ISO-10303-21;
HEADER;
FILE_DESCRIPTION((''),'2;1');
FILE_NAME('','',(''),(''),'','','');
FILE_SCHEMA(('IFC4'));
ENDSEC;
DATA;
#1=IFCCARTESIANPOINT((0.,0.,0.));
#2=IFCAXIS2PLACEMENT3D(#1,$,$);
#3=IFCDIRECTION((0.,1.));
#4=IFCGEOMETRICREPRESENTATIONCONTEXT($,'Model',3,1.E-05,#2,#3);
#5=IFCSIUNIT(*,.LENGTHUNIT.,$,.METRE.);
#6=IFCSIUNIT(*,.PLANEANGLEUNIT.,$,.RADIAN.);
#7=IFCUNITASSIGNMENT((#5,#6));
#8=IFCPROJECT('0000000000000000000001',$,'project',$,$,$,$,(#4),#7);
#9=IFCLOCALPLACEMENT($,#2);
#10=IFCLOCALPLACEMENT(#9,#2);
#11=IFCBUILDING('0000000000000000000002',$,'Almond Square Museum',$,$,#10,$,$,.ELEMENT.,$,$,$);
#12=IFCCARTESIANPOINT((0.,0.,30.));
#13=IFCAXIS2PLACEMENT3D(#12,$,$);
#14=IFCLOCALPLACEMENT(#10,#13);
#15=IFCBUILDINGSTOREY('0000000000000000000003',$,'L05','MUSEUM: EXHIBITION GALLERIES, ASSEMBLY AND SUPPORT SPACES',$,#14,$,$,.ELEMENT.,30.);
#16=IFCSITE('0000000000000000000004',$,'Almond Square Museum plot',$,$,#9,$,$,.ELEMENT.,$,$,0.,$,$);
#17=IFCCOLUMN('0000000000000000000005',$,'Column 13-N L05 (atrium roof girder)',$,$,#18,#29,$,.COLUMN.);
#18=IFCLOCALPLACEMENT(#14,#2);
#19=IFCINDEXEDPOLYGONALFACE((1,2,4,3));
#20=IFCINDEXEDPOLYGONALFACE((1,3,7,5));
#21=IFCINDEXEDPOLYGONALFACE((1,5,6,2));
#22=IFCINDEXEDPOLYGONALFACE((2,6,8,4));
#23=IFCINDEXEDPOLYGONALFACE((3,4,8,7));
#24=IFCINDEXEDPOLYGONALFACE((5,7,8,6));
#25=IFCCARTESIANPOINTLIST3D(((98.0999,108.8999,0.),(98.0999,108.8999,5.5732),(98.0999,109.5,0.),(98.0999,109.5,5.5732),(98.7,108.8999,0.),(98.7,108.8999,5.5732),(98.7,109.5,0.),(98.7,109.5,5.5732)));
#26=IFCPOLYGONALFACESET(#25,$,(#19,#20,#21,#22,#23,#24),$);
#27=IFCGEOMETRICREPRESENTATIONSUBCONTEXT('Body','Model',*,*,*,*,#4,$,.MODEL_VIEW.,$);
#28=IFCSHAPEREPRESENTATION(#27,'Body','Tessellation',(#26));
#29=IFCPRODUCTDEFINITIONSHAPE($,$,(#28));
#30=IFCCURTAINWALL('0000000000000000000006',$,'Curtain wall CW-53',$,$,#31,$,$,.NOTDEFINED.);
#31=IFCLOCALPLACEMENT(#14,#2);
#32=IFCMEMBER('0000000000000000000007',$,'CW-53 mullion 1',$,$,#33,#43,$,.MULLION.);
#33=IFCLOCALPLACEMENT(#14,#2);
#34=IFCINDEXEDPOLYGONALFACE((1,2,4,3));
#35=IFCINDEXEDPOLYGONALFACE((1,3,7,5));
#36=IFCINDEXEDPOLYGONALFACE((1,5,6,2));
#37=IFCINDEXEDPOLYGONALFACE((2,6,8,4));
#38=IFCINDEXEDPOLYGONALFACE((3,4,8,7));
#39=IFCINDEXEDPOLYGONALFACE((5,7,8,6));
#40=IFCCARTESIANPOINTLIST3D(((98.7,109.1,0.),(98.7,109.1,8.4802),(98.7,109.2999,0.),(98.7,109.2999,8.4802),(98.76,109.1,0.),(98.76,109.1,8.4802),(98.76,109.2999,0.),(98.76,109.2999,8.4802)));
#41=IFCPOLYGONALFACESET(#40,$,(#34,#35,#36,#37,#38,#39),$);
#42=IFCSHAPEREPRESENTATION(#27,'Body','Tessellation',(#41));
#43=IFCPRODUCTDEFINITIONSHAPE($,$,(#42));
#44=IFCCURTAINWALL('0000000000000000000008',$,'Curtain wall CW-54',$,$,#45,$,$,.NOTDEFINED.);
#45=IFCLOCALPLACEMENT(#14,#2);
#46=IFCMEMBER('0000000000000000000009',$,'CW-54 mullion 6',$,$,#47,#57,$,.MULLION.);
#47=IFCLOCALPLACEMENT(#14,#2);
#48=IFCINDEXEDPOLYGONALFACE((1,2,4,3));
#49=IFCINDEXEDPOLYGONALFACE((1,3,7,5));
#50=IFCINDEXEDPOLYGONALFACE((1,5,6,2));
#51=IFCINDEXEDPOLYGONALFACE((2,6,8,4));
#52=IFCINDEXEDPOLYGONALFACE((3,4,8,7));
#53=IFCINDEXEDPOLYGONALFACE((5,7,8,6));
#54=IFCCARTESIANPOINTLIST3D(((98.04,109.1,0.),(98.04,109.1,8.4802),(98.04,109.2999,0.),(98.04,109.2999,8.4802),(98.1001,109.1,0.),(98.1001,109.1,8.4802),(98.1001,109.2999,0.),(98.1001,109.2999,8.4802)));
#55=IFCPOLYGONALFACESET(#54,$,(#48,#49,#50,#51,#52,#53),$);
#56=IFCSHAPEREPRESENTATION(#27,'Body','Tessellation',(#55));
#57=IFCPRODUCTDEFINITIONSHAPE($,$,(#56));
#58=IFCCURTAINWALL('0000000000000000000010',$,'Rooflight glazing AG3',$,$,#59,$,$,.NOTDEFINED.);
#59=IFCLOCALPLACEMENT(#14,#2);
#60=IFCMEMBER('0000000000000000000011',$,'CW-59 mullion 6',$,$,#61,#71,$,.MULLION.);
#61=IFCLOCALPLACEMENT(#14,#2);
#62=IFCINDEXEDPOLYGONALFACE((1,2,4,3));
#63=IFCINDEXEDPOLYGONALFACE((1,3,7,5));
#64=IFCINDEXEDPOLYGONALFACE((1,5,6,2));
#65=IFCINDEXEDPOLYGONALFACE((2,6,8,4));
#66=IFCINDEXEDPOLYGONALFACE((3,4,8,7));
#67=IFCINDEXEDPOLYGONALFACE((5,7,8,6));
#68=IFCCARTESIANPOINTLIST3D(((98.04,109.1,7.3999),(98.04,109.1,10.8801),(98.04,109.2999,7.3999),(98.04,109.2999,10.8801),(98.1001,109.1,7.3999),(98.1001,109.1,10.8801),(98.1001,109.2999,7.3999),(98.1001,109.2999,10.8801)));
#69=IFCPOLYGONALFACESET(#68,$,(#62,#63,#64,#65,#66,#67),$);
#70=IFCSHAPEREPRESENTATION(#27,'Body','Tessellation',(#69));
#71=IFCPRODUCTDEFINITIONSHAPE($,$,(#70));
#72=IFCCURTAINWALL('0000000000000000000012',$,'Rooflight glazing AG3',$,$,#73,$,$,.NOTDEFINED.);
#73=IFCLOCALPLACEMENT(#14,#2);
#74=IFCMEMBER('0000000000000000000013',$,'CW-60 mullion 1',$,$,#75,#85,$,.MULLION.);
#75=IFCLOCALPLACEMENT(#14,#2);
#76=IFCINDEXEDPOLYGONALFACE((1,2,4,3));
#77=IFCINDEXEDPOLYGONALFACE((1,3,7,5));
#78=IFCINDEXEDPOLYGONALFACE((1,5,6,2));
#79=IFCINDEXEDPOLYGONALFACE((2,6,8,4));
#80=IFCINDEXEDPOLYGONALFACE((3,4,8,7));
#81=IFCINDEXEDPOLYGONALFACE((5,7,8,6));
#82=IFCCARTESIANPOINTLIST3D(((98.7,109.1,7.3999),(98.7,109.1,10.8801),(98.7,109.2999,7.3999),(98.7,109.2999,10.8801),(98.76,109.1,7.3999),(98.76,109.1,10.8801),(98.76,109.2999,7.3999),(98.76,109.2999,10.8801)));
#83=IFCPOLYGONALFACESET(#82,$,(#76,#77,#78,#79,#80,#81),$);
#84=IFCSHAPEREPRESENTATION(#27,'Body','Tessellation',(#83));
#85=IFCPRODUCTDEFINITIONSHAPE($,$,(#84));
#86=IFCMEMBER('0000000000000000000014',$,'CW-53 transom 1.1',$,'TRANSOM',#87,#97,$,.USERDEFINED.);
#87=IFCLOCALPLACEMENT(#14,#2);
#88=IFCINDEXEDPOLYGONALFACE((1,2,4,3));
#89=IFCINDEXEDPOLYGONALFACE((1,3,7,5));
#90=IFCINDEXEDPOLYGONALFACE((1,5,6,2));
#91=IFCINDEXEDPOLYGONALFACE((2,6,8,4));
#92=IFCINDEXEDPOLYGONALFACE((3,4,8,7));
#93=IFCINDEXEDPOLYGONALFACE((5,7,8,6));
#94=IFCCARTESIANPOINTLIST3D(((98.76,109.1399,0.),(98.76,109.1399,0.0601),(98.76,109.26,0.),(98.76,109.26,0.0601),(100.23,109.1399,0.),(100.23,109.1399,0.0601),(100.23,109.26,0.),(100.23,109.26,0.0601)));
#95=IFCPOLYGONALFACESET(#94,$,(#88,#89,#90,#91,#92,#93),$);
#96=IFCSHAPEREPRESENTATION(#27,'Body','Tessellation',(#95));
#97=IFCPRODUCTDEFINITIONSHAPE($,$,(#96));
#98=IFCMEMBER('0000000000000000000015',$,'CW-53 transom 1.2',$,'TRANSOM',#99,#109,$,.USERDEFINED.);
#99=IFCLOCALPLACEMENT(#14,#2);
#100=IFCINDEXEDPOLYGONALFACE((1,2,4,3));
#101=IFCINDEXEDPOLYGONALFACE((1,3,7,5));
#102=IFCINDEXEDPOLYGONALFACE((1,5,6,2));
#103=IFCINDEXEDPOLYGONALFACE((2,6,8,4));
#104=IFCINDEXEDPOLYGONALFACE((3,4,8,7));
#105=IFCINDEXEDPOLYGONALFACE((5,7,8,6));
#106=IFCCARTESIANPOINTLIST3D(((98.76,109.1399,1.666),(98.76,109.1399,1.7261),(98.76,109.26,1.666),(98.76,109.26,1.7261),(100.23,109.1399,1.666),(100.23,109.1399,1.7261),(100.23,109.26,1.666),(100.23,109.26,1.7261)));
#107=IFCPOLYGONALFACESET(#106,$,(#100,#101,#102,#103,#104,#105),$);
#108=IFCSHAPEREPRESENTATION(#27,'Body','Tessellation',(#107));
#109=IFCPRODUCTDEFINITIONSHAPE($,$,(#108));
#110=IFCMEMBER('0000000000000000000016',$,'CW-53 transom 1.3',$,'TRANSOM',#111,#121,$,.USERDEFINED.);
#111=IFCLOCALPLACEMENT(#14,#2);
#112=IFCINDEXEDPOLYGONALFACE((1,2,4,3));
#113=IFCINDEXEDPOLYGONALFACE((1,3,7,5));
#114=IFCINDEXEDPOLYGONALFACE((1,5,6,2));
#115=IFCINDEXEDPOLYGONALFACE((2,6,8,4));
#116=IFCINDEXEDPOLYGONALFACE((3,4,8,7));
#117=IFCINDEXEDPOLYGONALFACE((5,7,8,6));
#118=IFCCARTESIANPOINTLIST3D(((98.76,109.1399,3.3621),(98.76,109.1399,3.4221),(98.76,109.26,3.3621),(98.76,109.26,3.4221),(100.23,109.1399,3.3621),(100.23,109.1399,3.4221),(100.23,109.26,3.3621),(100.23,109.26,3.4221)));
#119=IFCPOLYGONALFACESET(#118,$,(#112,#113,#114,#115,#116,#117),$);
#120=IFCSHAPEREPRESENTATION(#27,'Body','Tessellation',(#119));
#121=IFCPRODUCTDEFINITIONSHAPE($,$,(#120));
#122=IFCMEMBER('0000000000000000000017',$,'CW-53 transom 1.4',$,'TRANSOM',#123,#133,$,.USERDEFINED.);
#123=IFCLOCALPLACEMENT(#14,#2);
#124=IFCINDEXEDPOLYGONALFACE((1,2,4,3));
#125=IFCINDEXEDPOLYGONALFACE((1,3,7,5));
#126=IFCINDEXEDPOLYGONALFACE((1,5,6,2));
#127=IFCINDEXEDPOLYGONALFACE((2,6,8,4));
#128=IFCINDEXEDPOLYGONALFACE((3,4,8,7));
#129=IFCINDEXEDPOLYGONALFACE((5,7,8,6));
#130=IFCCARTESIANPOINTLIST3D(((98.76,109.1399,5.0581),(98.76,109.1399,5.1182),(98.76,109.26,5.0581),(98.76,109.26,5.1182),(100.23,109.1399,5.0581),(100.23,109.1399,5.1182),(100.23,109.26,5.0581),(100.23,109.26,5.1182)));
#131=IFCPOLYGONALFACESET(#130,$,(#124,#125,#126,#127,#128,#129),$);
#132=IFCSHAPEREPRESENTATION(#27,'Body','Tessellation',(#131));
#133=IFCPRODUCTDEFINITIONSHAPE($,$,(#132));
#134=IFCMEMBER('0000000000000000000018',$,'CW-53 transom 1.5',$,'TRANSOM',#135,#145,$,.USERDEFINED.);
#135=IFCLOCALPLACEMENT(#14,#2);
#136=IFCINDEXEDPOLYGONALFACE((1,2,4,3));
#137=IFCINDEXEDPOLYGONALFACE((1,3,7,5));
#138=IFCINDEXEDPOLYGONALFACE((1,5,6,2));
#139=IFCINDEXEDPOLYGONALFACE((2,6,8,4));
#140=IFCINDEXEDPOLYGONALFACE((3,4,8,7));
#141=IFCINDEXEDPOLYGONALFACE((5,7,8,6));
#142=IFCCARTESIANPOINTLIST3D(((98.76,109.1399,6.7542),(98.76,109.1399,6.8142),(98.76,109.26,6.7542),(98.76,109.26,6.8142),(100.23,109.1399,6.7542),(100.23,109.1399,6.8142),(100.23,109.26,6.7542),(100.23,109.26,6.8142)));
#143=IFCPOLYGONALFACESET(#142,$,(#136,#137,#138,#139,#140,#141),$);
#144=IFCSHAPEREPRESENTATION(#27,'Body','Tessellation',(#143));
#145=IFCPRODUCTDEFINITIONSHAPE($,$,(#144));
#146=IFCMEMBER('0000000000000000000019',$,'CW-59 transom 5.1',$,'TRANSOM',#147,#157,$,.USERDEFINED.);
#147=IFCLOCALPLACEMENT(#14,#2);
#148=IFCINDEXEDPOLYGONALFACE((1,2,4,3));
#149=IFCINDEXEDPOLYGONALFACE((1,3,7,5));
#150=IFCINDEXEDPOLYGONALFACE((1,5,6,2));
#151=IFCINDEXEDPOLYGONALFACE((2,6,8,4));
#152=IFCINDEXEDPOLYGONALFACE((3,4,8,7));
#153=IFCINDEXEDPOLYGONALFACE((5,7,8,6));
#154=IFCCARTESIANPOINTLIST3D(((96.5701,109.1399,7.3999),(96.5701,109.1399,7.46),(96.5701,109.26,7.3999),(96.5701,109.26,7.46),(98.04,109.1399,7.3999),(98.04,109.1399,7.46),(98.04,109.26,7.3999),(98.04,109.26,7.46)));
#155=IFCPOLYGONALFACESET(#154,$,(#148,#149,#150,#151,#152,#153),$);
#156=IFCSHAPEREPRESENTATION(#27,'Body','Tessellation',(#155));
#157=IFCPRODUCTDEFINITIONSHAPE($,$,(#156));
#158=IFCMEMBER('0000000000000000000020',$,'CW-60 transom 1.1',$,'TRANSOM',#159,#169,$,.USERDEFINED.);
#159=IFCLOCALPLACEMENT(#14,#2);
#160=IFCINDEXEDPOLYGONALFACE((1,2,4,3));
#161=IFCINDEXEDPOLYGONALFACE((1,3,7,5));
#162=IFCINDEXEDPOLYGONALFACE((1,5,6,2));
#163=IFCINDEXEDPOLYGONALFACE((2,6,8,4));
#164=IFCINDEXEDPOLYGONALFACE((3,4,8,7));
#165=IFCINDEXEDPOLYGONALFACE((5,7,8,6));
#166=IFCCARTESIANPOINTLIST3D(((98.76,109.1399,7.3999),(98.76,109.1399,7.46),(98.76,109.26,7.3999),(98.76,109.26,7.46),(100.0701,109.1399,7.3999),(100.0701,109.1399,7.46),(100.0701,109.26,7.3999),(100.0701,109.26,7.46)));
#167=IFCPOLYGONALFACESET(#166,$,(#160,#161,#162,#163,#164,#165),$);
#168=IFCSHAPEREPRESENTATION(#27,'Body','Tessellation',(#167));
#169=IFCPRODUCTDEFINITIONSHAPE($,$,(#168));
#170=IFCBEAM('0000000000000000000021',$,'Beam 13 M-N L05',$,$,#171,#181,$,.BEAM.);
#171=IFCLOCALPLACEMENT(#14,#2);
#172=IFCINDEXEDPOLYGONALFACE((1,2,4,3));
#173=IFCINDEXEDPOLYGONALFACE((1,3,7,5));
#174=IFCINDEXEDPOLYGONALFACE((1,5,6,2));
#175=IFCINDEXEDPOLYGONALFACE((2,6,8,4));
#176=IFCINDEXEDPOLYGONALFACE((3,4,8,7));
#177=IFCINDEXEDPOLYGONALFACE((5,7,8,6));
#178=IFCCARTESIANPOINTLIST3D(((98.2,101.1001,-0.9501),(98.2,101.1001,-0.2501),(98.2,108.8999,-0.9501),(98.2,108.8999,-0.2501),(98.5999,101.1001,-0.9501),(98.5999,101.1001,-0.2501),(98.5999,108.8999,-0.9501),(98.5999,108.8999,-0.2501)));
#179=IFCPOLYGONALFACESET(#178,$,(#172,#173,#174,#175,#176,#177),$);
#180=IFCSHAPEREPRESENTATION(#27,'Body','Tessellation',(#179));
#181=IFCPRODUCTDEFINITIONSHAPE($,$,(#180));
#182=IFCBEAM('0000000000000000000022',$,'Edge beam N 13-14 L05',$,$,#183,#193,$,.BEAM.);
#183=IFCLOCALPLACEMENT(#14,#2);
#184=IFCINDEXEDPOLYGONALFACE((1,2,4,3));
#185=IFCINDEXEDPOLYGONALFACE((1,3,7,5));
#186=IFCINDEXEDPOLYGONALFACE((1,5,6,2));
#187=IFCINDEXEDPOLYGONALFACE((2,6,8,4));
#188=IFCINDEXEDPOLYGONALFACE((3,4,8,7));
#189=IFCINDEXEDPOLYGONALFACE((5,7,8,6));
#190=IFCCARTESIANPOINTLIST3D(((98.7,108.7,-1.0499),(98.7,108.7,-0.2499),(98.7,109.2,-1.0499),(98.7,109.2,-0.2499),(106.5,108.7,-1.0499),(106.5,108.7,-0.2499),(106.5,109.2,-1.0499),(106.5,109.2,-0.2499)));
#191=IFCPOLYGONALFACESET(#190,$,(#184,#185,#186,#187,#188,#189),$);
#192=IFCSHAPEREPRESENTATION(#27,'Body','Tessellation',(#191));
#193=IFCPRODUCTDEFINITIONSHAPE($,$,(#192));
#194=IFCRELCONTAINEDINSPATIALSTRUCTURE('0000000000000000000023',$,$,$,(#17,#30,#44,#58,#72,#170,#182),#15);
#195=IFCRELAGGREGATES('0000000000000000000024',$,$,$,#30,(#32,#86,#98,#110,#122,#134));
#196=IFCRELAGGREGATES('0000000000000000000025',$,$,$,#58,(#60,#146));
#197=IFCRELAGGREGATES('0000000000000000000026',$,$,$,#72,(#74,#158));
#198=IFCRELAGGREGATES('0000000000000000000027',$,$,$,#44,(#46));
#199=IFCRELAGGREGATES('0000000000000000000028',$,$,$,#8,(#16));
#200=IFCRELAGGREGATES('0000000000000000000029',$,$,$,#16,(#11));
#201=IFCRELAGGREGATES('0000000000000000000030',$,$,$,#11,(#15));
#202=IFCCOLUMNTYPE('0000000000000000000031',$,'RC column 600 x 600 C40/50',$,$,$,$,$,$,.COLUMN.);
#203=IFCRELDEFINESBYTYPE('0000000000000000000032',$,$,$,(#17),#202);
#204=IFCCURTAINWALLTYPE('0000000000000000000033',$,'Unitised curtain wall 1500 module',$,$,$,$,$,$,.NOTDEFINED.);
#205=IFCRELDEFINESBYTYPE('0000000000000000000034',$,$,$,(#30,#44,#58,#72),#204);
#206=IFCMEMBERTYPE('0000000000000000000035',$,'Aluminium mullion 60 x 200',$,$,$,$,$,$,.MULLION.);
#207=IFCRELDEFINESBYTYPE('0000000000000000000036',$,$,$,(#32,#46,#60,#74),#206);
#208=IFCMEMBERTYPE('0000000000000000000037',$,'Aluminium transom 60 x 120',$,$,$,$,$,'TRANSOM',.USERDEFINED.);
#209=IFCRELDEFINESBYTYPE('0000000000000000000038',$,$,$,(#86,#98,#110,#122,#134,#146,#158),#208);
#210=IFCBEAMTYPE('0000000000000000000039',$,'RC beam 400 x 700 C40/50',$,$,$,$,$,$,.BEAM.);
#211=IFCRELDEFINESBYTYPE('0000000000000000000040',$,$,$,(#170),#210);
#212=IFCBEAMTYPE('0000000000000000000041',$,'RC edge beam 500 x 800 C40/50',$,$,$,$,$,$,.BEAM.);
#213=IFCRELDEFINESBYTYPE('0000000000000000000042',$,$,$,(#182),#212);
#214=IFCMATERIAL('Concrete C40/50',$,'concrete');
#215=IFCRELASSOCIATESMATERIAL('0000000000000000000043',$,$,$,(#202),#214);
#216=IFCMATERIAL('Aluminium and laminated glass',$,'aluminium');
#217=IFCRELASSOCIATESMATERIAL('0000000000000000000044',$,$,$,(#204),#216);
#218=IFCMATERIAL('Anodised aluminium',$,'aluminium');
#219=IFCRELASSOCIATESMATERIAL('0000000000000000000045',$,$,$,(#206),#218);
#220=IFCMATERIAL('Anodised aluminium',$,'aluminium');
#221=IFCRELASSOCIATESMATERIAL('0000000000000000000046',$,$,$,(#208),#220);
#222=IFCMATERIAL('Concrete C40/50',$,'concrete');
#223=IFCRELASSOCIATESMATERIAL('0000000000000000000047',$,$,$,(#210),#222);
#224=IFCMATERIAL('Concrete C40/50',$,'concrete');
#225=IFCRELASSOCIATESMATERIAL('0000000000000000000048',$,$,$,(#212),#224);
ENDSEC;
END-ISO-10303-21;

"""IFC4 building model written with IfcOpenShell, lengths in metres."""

from ifc_helpers import new_model, si_unit, direction, frame, origin, origin_2d, place, context, subcontext, project, spatial, rectangle, extrude, material, material_profile, profile_set, type_object, element, aggregate, save


model = new_model("IFC4")

# Units and contexts
model_context = context("Model", 3, precision=1e-05, world=origin(), true_north=direction((0.0, 1.0)))
body_context = subcontext(model_context, "Body", "Model", "MODEL_VIEW")
ifc_project = project(units=[si_unit("LENGTHUNIT", "METRE"), si_unit("PLANEANGLEUNIT", "RADIAN")], contexts=[model_context])

# Site, building, storey
site_placement = place(None, origin())
site = spatial("IfcSite", under=ifc_project, at=site_placement, Name="Almond Square Museum plot", CompositionType="ELEMENT", RefElevation=0.0)
building_placement = place(site_placement, origin())
building = spatial("IfcBuilding", under=site, at=building_placement, Name="Almond Square Museum", CompositionType="ELEMENT")
storey_placement = place(building_placement, frame((0.0, 0.0, 30.0)))
storey = spatial("IfcBuildingStorey", under=building, at=storey_placement, Name="L05", Description="MUSEUM: EXHIBITION GALLERIES, ASSEMBLY AND SUPPORT SPACES", CompositionType="ELEMENT", Elevation=30.0)

# Column
ifc_material_1 = material(Name="Concrete C40/50", Category="concrete")
ifc_material_profile_1 = material_profile(ifc_material_1, rectangle(XDim=0.6001, YDim=0.6001, at=origin_2d()))
ifc_profile_set_1 = profile_set([ifc_material_profile_1], Name="Concrete C40/50")
column_type = type_object("IfcColumnType", Name="RC column 600 x 600 C40/50", PredefinedType="COLUMN", material=ifc_profile_set_1)
column_placement = place(storey_placement, frame((98.3999, 109.2, 0.0), z_axis=(0.0, 0.0, 1.0), x_axis=(1.0, 0.0, 0.0)))
element("IfcColumn", 1, at=column_placement, inside=storey, type_object=column_type, Name="Column 13-N L05 (atrium roof girder)", PredefinedType="COLUMN", context=body_context, shape_type="SweptSolid", body=[
    extrude(rectangle(XDim=0.6001, YDim=0.6001, at=origin_2d()), origin(), (0.0, 0.0, 1.0), 5.5732),
])

# Curtain walls, members
ifc_material_2 = material(Name="Aluminium and laminated glass", Category="aluminium")
curtain_wall_type = type_object("IfcCurtainWallType", Name="Unitised curtain wall 1500 module", PredefinedType="NOTDEFINED", material=ifc_material_2)
curtain_wall_1_placement = place(storey_placement, origin())
curtain_wall_1 = element("IfcCurtainWall", 2, at=curtain_wall_1_placement, inside=storey, type_object=curtain_wall_type, Name="Curtain wall CW-53", PredefinedType="NOTDEFINED")
ifc_material_3 = material(Name="Anodised aluminium", Category="aluminium")
ifc_material_profile_2 = material_profile(ifc_material_3, rectangle(XDim=0.2, YDim=0.0601, at=origin_2d()))
ifc_profile_set_2 = profile_set([ifc_material_profile_2], Name="Anodised aluminium")
member_type_1 = type_object("IfcMemberType", Name="Aluminium mullion 60 x 200", PredefinedType="MULLION", material=ifc_profile_set_2)
member_1_placement = place(storey_placement, frame((98.73, 109.2, 0.0), z_axis=(0.0, 0.0, 1.0), x_axis=(0.0, 1.0, 0.0)))
member_1 = element("IfcMember", 3, at=member_1_placement, type_object=member_type_1, Name="CW-53 mullion 1", PredefinedType="MULLION", context=body_context, shape_type="SweptSolid", body=[
    extrude(rectangle(XDim=0.2, YDim=0.0601, at=origin_2d()), origin(), (0.0, 0.0, 1.0), 8.4802),
])
curtain_wall_2_placement = place(storey_placement, origin())
curtain_wall_2 = element("IfcCurtainWall", 4, at=curtain_wall_2_placement, inside=storey, type_object=curtain_wall_type, Name="Curtain wall CW-54", PredefinedType="NOTDEFINED")
member_2_placement = place(storey_placement, frame((98.0701, 109.2, 0.0), z_axis=(0.0, 0.0, 1.0), x_axis=(0.0, 1.0, 0.0)))
member_2 = element("IfcMember", 5, at=member_2_placement, type_object=member_type_1, Name="CW-54 mullion 6", PredefinedType="MULLION", context=body_context, shape_type="SweptSolid", body=[
    extrude(rectangle(XDim=0.2, YDim=0.0601, at=origin_2d()), origin(), (0.0, 0.0, 1.0), 8.4802),
])
curtain_wall_3_placement = place(storey_placement, origin())
curtain_wall_3 = element("IfcCurtainWall", 6, at=curtain_wall_3_placement, inside=storey, type_object=curtain_wall_type, Name="Rooflight glazing AG3", PredefinedType="NOTDEFINED")
member_3_placement = place(storey_placement, frame((98.0701, 109.2, 7.3999), z_axis=(0.0, 0.0, 1.0), x_axis=(0.0, 1.0, 0.0)))
member_3 = element("IfcMember", 7, at=member_3_placement, type_object=member_type_1, Name="CW-59 mullion 6", PredefinedType="MULLION", context=body_context, shape_type="SweptSolid", body=[
    extrude(rectangle(XDim=0.2, YDim=0.0601, at=origin_2d()), origin(), (0.0, 0.0, 1.0), 3.4802),
])
curtain_wall_4_placement = place(storey_placement, origin())
curtain_wall_4 = element("IfcCurtainWall", 8, at=curtain_wall_4_placement, inside=storey, type_object=curtain_wall_type, Name="Rooflight glazing AG3", PredefinedType="NOTDEFINED")
member_4_placement = place(storey_placement, frame((98.73, 109.2, 7.3999), z_axis=(0.0, 0.0, 1.0), x_axis=(0.0, 1.0, 0.0)))
member_4 = element("IfcMember", 9, at=member_4_placement, type_object=member_type_1, Name="CW-60 mullion 1", PredefinedType="MULLION", context=body_context, shape_type="SweptSolid", body=[
    extrude(rectangle(XDim=0.2, YDim=0.0601, at=origin_2d()), origin(), (0.0, 0.0, 1.0), 3.4802),
])

# Members
ifc_material_4 = material(Name="Anodised aluminium", Category="aluminium")
ifc_material_profile_3 = material_profile(ifc_material_4, rectangle(XDim=0.1201, YDim=0.0601, at=origin_2d()))
ifc_profile_set_3 = profile_set([ifc_material_profile_3], Name="Anodised aluminium")
member_type_2 = type_object("IfcMemberType", Name="Aluminium transom 60 x 120", ElementType="TRANSOM", PredefinedType="USERDEFINED", material=ifc_profile_set_3)
member_5_placement = place(storey_placement, frame((98.76, 109.2, 0.03), z_axis=(1.0, 0.0, 0.0), x_axis=(0.0, 1.0, 0.0)))
member_5 = element("IfcMember", 10, at=member_5_placement, type_object=member_type_2, Name="CW-53 transom 1.1", ObjectType="TRANSOM", PredefinedType="USERDEFINED", context=body_context, shape_type="SweptSolid", body=[
    extrude(rectangle(XDim=0.1201, YDim=0.0601, at=origin_2d()), origin(), (0.0, 0.0, 1.0), 1.47),
])
member_6_placement = place(storey_placement, frame((98.76, 109.2, 1.696), z_axis=(1.0, 0.0, 0.0), x_axis=(0.0, 1.0, 0.0)))
member_6 = element("IfcMember", 11, at=member_6_placement, type_object=member_type_2, Name="CW-53 transom 1.2", ObjectType="TRANSOM", PredefinedType="USERDEFINED", context=body_context, shape_type="SweptSolid", body=[
    extrude(rectangle(XDim=0.1201, YDim=0.0601, at=origin_2d()), origin(), (0.0, 0.0, 1.0), 1.47),
])
member_7_placement = place(storey_placement, frame((98.76, 109.2, 3.3921), z_axis=(1.0, 0.0, 0.0), x_axis=(0.0, 1.0, 0.0)))
member_7 = element("IfcMember", 12, at=member_7_placement, type_object=member_type_2, Name="CW-53 transom 1.3", ObjectType="TRANSOM", PredefinedType="USERDEFINED", context=body_context, shape_type="SweptSolid", body=[
    extrude(rectangle(XDim=0.1201, YDim=0.0601, at=origin_2d()), origin(), (0.0, 0.0, 1.0), 1.47),
])
member_8_placement = place(storey_placement, frame((98.76, 109.2, 5.0881), z_axis=(1.0, 0.0, 0.0), x_axis=(0.0, 1.0, 0.0)))
member_8 = element("IfcMember", 13, at=member_8_placement, type_object=member_type_2, Name="CW-53 transom 1.4", ObjectType="TRANSOM", PredefinedType="USERDEFINED", context=body_context, shape_type="SweptSolid", body=[
    extrude(rectangle(XDim=0.1201, YDim=0.0601, at=origin_2d()), origin(), (0.0, 0.0, 1.0), 1.47),
])
member_9_placement = place(storey_placement, frame((98.76, 109.2, 6.7842), z_axis=(1.0, 0.0, 0.0), x_axis=(0.0, 1.0, 0.0)))
member_9 = element("IfcMember", 14, at=member_9_placement, type_object=member_type_2, Name="CW-53 transom 1.5", ObjectType="TRANSOM", PredefinedType="USERDEFINED", context=body_context, shape_type="SweptSolid", body=[
    extrude(rectangle(XDim=0.1201, YDim=0.0601, at=origin_2d()), origin(), (0.0, 0.0, 1.0), 1.47),
])
aggregate(curtain_wall_1, [member_1, member_5, member_6, member_7, member_8, member_9])
member_10_placement = place(storey_placement, frame((96.5701, 109.2, 7.4299), z_axis=(1.0, 0.0, 0.0), x_axis=(0.0, 1.0, 0.0)))
member_10 = element("IfcMember", 15, at=member_10_placement, type_object=member_type_2, Name="CW-59 transom 5.1", ObjectType="TRANSOM", PredefinedType="USERDEFINED", context=body_context, shape_type="SweptSolid", body=[
    extrude(rectangle(XDim=0.1201, YDim=0.0601, at=origin_2d()), origin(), (0.0, 0.0, 1.0), 1.47),
])
aggregate(curtain_wall_3, [member_3, member_10])
member_11_placement = place(storey_placement, frame((98.76, 109.2, 7.4299), z_axis=(1.0, 0.0, 0.0), x_axis=(0.0, 1.0, 0.0)))
member_11 = element("IfcMember", 16, at=member_11_placement, type_object=member_type_2, Name="CW-60 transom 1.1", ObjectType="TRANSOM", PredefinedType="USERDEFINED", context=body_context, shape_type="SweptSolid", body=[
    extrude(rectangle(XDim=0.1201, YDim=0.0601, at=origin_2d()), origin(), (0.0, 0.0, 1.0), 1.3101),
])
aggregate(curtain_wall_4, [member_4, member_11])

# Beams
ifc_material_5 = material(Name="Concrete C40/50", Category="concrete")
ifc_material_profile_4 = material_profile(ifc_material_5, rectangle(XDim=0.3999, YDim=0.7, at=origin_2d()))
ifc_profile_set_4 = profile_set([ifc_material_profile_4], Name="Concrete C40/50")
beam_type_1 = type_object("IfcBeamType", Name="RC beam 400 x 700 C40/50", PredefinedType="BEAM", material=ifc_profile_set_4)
beam_1_placement = place(storey_placement, frame((98.3999, 101.1001, -0.6001), z_axis=(0.0, 1.0, 0.0), x_axis=(-1.0, 0.0, 0.0)))
element("IfcBeam", 17, at=beam_1_placement, inside=storey, type_object=beam_type_1, Name="Beam 13 M-N L05", PredefinedType="BEAM", context=body_context, shape_type="SweptSolid", body=[
    extrude(rectangle(XDim=0.3999, YDim=0.7, at=origin_2d()), origin(), (0.0, 0.0, 1.0), 7.7998),
])
ifc_material_6 = material(Name="Concrete C40/50", Category="concrete")
ifc_material_profile_5 = material_profile(ifc_material_6, rectangle(XDim=0.5, YDim=0.8, at=origin_2d()))
ifc_profile_set_5 = profile_set([ifc_material_profile_5], Name="Concrete C40/50")
beam_type_2 = type_object("IfcBeamType", Name="RC edge beam 500 x 800 C40/50", PredefinedType="BEAM", material=ifc_profile_set_5)
beam_2_placement = place(storey_placement, frame((98.7, 108.95, -0.6499), z_axis=(1.0, 0.0, 0.0), x_axis=(0.0, 1.0, 0.0)))
element("IfcBeam", 18, at=beam_2_placement, inside=storey, type_object=beam_type_2, Name="Edge beam N 13-14 L05", PredefinedType="BEAM", context=body_context, shape_type="SweptSolid", body=[
    extrude(rectangle(XDim=0.5, YDim=0.8, at=origin_2d()), origin(), (0.0, 0.0, 1.0), 7.8),
])

aggregate(curtain_wall_2, [member_2])

save(model, "model.ifc")
